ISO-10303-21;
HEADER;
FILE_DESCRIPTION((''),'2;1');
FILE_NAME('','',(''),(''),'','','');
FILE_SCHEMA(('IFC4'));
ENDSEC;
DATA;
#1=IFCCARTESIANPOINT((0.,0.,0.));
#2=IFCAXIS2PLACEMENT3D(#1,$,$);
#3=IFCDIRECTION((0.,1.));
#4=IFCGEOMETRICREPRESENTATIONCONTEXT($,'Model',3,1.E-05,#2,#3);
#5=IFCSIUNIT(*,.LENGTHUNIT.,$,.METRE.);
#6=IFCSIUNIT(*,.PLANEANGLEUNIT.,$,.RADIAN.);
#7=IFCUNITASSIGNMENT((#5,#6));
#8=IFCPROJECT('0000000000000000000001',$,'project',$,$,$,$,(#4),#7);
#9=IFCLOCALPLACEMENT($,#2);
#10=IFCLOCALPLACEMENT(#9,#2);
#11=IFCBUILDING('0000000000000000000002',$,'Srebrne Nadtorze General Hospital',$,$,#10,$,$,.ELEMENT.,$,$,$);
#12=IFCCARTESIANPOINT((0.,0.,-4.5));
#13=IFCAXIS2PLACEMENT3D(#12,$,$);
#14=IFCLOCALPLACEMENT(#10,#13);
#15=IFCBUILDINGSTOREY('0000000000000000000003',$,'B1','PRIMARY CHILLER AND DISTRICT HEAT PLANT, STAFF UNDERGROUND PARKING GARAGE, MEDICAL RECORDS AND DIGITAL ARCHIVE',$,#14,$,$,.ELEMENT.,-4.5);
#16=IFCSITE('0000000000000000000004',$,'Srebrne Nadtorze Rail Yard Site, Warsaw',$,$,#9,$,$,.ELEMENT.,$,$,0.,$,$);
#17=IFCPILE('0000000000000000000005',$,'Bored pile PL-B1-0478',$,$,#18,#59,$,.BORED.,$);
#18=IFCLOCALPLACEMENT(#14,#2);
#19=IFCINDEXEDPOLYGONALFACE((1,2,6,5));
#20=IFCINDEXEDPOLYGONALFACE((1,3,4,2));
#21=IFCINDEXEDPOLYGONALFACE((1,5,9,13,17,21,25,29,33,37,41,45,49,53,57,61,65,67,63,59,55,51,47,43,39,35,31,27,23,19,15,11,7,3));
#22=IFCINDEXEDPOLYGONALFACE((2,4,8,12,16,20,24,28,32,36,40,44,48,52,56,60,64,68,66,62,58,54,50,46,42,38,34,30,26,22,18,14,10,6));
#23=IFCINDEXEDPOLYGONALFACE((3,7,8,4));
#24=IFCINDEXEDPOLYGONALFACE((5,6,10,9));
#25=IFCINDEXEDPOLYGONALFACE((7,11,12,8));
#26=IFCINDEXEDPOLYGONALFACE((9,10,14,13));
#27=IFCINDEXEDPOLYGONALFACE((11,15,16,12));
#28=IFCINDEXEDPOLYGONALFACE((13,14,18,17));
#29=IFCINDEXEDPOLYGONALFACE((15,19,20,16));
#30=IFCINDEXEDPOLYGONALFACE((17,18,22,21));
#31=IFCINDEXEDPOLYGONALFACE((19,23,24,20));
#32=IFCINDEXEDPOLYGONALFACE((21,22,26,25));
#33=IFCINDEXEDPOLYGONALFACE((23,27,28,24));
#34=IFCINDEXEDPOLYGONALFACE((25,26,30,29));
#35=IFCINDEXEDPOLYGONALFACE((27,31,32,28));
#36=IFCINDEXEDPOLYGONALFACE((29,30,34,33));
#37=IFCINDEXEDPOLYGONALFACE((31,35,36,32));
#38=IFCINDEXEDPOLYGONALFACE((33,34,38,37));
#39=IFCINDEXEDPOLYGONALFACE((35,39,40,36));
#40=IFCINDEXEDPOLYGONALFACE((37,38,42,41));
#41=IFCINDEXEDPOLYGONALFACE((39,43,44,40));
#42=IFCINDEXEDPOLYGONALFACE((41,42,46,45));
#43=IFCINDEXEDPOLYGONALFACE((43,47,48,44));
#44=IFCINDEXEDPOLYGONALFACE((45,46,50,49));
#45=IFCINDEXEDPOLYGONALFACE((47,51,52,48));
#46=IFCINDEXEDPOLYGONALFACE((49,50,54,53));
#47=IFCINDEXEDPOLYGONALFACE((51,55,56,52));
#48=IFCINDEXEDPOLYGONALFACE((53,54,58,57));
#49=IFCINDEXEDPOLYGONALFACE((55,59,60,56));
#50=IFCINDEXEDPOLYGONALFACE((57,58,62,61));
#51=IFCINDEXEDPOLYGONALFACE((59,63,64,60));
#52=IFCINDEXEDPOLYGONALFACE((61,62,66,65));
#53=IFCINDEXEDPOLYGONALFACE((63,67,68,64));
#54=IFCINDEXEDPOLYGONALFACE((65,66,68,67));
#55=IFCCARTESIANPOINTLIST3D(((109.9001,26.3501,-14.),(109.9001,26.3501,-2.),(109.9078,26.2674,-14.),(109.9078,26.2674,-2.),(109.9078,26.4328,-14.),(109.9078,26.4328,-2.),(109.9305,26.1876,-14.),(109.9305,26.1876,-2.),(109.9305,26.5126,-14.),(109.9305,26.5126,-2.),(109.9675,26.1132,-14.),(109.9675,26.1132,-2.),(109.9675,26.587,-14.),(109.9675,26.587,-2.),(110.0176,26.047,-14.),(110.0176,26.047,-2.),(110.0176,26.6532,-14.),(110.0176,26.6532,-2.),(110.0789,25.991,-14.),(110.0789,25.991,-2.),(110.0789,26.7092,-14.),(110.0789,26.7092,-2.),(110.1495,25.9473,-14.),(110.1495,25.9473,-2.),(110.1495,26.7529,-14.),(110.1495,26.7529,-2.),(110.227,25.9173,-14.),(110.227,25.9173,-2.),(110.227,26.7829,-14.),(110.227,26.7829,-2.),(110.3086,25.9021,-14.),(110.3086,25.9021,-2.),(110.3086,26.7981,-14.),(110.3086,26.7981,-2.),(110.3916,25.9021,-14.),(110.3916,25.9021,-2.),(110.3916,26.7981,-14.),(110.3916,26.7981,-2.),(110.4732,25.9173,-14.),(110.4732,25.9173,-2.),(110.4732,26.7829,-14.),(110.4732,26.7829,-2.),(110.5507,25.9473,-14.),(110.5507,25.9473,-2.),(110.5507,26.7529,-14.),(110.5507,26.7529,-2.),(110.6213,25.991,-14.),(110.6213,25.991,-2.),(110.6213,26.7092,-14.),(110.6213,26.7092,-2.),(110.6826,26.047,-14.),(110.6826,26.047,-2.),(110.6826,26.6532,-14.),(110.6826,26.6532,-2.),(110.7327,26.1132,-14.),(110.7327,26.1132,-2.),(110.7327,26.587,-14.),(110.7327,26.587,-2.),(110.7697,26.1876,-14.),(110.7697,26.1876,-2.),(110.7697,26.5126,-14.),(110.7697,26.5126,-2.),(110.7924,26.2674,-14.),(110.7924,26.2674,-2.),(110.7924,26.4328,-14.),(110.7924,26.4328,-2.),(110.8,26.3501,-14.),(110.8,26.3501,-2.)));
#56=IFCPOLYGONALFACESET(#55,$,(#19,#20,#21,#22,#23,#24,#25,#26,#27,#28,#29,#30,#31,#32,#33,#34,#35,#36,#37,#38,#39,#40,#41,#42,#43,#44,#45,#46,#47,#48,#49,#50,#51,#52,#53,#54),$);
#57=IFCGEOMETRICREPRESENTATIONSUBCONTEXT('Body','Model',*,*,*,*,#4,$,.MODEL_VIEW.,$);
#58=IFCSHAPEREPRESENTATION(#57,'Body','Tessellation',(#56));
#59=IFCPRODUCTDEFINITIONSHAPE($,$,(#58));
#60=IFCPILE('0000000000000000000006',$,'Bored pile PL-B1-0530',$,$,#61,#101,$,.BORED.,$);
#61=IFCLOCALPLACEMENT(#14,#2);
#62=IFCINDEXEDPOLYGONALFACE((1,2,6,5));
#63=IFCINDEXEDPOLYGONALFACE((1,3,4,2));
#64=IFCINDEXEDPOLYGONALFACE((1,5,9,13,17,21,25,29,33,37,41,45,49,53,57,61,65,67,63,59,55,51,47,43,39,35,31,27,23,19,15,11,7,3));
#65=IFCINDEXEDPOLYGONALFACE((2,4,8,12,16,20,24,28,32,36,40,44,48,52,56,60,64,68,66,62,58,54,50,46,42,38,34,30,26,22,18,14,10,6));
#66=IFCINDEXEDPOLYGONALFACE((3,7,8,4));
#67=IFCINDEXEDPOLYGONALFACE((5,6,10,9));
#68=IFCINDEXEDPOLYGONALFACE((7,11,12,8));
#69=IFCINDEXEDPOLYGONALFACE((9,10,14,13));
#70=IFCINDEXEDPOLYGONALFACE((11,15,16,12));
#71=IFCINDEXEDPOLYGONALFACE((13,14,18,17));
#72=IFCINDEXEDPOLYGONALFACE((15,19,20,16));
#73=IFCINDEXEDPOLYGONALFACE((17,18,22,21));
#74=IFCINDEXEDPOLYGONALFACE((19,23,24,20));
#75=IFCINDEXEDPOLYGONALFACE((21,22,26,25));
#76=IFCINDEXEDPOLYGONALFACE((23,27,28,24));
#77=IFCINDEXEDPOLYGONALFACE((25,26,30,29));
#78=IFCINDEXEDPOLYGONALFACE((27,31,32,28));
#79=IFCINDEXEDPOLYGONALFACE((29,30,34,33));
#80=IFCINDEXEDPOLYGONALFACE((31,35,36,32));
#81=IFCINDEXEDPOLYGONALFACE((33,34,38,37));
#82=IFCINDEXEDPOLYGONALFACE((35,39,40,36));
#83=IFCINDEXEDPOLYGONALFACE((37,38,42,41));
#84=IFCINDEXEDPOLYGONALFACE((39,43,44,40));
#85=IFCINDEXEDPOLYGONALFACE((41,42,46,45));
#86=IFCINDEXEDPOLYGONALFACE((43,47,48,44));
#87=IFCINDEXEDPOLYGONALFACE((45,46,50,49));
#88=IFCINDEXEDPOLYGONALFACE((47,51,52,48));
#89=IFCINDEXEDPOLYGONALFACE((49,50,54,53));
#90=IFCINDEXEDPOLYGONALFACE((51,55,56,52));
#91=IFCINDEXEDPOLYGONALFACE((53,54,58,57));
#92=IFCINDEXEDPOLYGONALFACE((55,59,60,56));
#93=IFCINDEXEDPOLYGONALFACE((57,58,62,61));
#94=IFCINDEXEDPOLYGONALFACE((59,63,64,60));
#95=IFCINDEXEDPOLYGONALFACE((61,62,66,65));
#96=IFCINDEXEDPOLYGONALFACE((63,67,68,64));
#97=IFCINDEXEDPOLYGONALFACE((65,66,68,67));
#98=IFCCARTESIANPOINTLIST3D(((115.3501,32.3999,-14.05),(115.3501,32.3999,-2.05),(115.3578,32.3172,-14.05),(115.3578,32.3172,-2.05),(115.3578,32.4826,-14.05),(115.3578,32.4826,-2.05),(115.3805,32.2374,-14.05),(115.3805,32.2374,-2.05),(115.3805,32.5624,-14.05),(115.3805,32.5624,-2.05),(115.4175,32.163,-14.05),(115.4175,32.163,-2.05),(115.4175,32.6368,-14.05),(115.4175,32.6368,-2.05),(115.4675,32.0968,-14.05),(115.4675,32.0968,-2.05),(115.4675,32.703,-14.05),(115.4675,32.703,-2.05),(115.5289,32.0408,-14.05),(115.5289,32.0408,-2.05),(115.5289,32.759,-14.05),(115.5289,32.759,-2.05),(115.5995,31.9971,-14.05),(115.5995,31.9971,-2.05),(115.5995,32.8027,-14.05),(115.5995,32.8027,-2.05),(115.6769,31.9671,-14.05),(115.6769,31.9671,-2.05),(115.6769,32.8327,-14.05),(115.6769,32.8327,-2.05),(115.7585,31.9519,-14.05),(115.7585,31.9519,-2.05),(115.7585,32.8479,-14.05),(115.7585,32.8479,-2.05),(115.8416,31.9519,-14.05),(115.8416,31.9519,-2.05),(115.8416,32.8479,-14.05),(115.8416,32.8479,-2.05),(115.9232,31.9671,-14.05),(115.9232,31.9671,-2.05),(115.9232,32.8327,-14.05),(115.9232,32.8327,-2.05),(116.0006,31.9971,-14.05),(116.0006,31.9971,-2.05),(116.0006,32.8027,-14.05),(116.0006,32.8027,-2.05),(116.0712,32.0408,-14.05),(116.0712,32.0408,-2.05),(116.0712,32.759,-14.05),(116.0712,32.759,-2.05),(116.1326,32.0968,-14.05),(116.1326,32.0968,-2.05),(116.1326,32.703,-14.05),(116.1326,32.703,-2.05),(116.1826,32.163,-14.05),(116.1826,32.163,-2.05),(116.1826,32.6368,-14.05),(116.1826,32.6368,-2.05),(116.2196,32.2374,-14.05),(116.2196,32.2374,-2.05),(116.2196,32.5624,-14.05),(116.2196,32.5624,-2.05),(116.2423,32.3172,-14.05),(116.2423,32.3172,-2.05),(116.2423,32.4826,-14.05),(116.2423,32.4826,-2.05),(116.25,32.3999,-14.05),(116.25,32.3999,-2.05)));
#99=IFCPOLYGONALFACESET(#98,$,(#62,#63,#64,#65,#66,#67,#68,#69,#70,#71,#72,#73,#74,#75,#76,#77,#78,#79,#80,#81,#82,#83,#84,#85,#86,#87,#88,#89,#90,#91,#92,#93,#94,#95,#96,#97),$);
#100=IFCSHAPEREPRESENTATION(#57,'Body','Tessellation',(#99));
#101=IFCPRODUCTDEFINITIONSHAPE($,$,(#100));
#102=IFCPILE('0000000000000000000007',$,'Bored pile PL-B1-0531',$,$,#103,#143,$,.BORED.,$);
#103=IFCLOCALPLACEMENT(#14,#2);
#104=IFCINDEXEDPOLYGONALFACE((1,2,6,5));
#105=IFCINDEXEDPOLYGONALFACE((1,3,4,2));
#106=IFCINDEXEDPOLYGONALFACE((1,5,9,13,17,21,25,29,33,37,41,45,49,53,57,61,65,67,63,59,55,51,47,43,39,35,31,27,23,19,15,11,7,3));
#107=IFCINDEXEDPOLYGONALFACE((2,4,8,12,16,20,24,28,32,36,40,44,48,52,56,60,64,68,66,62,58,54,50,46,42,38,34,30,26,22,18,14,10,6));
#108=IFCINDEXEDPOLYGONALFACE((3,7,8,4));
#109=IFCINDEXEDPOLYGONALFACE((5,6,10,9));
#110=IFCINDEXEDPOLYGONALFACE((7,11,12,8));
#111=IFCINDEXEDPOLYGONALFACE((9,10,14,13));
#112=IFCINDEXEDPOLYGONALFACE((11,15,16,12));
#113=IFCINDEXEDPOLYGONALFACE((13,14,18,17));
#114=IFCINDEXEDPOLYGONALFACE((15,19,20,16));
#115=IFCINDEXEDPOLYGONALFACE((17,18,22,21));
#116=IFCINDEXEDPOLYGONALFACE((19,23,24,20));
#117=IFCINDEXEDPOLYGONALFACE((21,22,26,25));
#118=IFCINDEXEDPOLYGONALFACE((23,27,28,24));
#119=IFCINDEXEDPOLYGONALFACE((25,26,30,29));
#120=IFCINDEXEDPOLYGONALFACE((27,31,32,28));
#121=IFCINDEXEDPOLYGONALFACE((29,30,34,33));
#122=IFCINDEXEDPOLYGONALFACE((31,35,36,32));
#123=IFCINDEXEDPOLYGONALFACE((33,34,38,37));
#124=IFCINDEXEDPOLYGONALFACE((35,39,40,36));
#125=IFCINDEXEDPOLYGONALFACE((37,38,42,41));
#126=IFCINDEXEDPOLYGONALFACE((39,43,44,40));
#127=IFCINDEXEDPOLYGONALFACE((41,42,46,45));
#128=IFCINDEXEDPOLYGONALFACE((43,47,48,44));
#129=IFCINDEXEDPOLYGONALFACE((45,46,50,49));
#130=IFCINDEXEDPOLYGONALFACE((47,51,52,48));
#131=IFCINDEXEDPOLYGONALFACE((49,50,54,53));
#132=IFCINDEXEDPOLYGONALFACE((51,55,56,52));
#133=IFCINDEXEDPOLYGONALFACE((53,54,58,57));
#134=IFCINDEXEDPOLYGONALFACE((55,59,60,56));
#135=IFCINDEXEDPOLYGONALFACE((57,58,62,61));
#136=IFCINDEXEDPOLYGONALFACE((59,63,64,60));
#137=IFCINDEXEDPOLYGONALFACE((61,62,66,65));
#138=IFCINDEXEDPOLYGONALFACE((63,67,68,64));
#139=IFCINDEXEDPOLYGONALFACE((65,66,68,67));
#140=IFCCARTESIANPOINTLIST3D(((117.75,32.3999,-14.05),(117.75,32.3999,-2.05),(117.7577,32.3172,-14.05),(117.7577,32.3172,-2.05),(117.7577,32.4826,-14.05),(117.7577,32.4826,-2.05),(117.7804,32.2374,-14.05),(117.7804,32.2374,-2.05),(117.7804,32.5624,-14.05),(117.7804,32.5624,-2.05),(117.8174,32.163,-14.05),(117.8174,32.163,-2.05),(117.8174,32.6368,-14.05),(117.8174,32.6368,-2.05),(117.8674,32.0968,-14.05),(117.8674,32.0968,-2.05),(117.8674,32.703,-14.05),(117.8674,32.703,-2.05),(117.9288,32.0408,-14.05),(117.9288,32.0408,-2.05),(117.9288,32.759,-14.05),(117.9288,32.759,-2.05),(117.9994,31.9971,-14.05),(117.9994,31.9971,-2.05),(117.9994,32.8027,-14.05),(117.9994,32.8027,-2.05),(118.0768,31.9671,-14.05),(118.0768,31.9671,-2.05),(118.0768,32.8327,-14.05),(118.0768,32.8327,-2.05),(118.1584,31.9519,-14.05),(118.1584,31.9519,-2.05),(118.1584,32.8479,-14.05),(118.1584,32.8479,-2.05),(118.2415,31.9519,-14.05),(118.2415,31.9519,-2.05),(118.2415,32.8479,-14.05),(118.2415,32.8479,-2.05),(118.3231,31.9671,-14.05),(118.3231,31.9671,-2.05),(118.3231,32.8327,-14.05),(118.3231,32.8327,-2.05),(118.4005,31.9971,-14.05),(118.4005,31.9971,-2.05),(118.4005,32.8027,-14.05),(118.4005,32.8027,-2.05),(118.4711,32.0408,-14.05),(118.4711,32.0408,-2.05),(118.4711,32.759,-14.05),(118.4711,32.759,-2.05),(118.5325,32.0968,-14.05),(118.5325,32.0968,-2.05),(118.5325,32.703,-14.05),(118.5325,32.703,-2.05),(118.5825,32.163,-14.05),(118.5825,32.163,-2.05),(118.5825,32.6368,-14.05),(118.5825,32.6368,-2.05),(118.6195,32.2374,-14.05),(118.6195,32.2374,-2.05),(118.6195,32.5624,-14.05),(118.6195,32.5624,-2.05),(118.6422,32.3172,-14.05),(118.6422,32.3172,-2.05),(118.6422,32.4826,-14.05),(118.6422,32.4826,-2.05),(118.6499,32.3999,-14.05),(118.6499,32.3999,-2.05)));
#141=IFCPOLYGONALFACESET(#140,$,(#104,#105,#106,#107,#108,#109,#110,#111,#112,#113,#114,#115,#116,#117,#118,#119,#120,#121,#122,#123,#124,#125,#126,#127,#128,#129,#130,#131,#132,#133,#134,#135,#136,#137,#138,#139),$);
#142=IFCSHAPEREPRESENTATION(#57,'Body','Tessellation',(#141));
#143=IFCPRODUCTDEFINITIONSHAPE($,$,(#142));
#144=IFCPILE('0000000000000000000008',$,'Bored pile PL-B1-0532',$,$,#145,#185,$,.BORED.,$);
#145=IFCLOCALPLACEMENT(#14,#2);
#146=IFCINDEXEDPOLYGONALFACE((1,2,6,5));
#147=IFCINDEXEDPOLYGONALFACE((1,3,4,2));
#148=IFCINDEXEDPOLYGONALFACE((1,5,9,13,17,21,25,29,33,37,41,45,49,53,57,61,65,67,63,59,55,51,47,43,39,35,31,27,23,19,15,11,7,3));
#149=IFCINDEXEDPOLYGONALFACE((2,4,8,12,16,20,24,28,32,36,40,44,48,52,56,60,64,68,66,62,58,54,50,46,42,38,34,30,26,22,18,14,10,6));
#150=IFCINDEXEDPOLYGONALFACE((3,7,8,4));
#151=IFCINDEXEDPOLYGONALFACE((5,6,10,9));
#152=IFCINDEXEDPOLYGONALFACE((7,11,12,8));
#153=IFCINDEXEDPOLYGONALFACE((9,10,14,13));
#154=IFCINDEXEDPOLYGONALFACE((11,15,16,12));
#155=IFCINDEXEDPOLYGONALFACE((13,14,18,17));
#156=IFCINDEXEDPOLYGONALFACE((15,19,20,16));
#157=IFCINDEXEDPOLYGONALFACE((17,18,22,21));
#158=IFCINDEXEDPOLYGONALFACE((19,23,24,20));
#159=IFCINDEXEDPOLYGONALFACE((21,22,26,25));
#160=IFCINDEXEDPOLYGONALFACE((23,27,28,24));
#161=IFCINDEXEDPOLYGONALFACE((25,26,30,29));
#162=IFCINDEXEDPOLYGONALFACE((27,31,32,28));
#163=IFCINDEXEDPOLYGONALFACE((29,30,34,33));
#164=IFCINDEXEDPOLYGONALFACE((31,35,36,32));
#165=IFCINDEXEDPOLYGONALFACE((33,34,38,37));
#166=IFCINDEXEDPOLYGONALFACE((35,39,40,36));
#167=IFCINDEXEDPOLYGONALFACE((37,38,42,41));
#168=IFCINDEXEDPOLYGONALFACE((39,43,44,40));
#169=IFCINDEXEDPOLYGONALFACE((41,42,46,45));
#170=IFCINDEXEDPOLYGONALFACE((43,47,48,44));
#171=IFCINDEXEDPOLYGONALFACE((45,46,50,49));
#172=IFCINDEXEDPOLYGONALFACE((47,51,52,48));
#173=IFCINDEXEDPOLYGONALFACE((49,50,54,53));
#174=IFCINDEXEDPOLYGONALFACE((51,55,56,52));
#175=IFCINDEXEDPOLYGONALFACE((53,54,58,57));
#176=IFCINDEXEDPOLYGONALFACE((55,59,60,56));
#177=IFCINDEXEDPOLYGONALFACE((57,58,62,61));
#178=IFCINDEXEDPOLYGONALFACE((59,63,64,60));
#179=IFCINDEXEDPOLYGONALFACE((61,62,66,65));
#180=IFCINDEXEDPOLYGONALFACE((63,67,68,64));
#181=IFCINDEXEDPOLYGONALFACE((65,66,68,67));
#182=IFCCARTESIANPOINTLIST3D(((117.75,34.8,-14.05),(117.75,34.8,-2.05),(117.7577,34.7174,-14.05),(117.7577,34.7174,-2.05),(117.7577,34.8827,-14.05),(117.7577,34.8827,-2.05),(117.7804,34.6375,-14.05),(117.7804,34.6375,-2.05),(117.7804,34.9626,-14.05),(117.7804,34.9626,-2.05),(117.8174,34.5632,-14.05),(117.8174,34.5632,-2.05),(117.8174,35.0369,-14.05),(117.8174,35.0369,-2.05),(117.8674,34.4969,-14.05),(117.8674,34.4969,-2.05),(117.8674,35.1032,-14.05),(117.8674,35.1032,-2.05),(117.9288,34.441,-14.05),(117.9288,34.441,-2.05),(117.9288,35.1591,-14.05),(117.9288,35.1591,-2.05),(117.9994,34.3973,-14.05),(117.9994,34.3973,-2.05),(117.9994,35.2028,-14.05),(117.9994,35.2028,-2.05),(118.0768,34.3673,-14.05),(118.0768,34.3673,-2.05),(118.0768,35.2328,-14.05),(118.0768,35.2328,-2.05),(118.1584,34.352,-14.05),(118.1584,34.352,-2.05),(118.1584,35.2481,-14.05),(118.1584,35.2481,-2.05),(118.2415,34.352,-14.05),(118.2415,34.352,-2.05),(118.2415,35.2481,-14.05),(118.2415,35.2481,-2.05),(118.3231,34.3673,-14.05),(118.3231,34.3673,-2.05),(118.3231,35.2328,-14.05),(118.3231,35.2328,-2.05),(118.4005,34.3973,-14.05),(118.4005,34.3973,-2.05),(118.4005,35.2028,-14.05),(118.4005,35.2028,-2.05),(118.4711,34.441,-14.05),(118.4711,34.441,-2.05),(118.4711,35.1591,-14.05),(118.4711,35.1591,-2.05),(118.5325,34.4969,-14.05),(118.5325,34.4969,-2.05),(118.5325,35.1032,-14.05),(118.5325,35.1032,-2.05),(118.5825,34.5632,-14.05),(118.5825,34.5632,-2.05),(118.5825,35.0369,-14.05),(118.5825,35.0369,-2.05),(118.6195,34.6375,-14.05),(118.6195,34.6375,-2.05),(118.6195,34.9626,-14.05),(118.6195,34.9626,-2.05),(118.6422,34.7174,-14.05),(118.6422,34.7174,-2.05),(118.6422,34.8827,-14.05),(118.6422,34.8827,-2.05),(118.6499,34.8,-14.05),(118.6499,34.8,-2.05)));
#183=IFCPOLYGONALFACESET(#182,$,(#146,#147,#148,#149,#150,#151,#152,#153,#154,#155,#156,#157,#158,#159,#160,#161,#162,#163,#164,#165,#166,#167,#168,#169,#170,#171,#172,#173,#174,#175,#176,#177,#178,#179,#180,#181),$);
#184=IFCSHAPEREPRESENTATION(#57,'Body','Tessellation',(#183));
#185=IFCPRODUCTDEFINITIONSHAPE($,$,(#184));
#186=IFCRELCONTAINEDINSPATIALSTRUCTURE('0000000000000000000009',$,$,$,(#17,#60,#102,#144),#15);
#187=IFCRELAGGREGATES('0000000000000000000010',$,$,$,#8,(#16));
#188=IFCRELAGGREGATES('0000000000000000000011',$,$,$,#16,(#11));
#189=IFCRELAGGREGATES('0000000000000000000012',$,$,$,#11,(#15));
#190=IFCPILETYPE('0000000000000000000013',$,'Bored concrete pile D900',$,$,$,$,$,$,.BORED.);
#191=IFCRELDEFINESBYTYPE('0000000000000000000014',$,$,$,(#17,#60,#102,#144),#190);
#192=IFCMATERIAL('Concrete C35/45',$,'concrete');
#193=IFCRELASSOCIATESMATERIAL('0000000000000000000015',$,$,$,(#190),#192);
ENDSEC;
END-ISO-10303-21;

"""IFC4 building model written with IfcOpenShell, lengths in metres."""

from ifc_helpers import new_model, si_unit, direction, frame, origin, origin_2d, place, context, subcontext, project, spatial, circle, extrude, material, material_profile, profile_set, type_object, element, save


model = new_model("IFC4")

# Units and contexts
model_context = context("Model", 3, precision=1e-05, world=origin(), true_north=direction((0.0, 1.0)))
body_context = subcontext(model_context, "Body", "Model", "MODEL_VIEW")
ifc_project = project(units=[si_unit("LENGTHUNIT", "METRE"), si_unit("PLANEANGLEUNIT", "RADIAN")], contexts=[model_context])

# Site, building, storey
site_placement = place(None, origin())
site = spatial("IfcSite", under=ifc_project, at=site_placement, Name="Srebrne Nadtorze Rail Yard Site, Warsaw", CompositionType="ELEMENT", RefElevation=0.0)
building_placement = place(site_placement, origin())
building = spatial("IfcBuilding", under=site, at=building_placement, Name="Srebrne Nadtorze General Hospital", CompositionType="ELEMENT")
storey_placement = place(building_placement, frame((0.0, 0.0, -4.5)))
storey = spatial("IfcBuildingStorey", under=building, at=storey_placement, Name="B1", Description="PRIMARY CHILLER AND DISTRICT HEAT PLANT, STAFF UNDERGROUND PARKING GARAGE, MEDICAL RECORDS AND DIGITAL ARCHIVE", CompositionType="ELEMENT", Elevation=-4.5)

# Piles
ifc_material_1 = material(Name="Concrete C35/45", Category="concrete")
ifc_material_profile_1 = material_profile(ifc_material_1, circle(Radius=0.45, at=origin_2d()), Name="PILE-D900")
ifc_profile_set_1 = profile_set([ifc_material_profile_1], Name="Concrete C35/45")
pile_type_1 = type_object("IfcPileType", Name="Bored concrete pile D900", PredefinedType="BORED", material=ifc_profile_set_1)
for number, where, z_axis, x_axis, name in (
    (1, (110.3501, 26.3501, -2.0), (0.0, 0.0, -1.0), (1.0, 0.0, 0.0), "Bored pile PL-B1-0478"),
    (2, (115.8, 32.3999, -2.05), (0.0, 0.0, -1.0), (1.0, 0.0, 0.0), "Bored pile PL-B1-0530"),
    (3, (118.2, 32.3999, -2.05), (0.0, 0.0, -1.0), (1.0, 0.0, 0.0), "Bored pile PL-B1-0531"),
    (4, (118.2, 34.8, -2.05), (0.0, 0.0, -1.0), (1.0, 0.0, 0.0), "Bored pile PL-B1-0532"),
):
    element("IfcPile", number, at=place(storey_placement, frame(where, z_axis=z_axis, x_axis=x_axis)), inside=storey, type_object=pile_type_1, Name=name, PredefinedType="BORED", context=body_context, shape_type="SweptSolid", body=[
        extrude(circle(Radius=0.45, at=origin_2d()), origin(), (0.0, 0.0, 1.0), 12.0),
    ])

save(model, "model.ifc")
